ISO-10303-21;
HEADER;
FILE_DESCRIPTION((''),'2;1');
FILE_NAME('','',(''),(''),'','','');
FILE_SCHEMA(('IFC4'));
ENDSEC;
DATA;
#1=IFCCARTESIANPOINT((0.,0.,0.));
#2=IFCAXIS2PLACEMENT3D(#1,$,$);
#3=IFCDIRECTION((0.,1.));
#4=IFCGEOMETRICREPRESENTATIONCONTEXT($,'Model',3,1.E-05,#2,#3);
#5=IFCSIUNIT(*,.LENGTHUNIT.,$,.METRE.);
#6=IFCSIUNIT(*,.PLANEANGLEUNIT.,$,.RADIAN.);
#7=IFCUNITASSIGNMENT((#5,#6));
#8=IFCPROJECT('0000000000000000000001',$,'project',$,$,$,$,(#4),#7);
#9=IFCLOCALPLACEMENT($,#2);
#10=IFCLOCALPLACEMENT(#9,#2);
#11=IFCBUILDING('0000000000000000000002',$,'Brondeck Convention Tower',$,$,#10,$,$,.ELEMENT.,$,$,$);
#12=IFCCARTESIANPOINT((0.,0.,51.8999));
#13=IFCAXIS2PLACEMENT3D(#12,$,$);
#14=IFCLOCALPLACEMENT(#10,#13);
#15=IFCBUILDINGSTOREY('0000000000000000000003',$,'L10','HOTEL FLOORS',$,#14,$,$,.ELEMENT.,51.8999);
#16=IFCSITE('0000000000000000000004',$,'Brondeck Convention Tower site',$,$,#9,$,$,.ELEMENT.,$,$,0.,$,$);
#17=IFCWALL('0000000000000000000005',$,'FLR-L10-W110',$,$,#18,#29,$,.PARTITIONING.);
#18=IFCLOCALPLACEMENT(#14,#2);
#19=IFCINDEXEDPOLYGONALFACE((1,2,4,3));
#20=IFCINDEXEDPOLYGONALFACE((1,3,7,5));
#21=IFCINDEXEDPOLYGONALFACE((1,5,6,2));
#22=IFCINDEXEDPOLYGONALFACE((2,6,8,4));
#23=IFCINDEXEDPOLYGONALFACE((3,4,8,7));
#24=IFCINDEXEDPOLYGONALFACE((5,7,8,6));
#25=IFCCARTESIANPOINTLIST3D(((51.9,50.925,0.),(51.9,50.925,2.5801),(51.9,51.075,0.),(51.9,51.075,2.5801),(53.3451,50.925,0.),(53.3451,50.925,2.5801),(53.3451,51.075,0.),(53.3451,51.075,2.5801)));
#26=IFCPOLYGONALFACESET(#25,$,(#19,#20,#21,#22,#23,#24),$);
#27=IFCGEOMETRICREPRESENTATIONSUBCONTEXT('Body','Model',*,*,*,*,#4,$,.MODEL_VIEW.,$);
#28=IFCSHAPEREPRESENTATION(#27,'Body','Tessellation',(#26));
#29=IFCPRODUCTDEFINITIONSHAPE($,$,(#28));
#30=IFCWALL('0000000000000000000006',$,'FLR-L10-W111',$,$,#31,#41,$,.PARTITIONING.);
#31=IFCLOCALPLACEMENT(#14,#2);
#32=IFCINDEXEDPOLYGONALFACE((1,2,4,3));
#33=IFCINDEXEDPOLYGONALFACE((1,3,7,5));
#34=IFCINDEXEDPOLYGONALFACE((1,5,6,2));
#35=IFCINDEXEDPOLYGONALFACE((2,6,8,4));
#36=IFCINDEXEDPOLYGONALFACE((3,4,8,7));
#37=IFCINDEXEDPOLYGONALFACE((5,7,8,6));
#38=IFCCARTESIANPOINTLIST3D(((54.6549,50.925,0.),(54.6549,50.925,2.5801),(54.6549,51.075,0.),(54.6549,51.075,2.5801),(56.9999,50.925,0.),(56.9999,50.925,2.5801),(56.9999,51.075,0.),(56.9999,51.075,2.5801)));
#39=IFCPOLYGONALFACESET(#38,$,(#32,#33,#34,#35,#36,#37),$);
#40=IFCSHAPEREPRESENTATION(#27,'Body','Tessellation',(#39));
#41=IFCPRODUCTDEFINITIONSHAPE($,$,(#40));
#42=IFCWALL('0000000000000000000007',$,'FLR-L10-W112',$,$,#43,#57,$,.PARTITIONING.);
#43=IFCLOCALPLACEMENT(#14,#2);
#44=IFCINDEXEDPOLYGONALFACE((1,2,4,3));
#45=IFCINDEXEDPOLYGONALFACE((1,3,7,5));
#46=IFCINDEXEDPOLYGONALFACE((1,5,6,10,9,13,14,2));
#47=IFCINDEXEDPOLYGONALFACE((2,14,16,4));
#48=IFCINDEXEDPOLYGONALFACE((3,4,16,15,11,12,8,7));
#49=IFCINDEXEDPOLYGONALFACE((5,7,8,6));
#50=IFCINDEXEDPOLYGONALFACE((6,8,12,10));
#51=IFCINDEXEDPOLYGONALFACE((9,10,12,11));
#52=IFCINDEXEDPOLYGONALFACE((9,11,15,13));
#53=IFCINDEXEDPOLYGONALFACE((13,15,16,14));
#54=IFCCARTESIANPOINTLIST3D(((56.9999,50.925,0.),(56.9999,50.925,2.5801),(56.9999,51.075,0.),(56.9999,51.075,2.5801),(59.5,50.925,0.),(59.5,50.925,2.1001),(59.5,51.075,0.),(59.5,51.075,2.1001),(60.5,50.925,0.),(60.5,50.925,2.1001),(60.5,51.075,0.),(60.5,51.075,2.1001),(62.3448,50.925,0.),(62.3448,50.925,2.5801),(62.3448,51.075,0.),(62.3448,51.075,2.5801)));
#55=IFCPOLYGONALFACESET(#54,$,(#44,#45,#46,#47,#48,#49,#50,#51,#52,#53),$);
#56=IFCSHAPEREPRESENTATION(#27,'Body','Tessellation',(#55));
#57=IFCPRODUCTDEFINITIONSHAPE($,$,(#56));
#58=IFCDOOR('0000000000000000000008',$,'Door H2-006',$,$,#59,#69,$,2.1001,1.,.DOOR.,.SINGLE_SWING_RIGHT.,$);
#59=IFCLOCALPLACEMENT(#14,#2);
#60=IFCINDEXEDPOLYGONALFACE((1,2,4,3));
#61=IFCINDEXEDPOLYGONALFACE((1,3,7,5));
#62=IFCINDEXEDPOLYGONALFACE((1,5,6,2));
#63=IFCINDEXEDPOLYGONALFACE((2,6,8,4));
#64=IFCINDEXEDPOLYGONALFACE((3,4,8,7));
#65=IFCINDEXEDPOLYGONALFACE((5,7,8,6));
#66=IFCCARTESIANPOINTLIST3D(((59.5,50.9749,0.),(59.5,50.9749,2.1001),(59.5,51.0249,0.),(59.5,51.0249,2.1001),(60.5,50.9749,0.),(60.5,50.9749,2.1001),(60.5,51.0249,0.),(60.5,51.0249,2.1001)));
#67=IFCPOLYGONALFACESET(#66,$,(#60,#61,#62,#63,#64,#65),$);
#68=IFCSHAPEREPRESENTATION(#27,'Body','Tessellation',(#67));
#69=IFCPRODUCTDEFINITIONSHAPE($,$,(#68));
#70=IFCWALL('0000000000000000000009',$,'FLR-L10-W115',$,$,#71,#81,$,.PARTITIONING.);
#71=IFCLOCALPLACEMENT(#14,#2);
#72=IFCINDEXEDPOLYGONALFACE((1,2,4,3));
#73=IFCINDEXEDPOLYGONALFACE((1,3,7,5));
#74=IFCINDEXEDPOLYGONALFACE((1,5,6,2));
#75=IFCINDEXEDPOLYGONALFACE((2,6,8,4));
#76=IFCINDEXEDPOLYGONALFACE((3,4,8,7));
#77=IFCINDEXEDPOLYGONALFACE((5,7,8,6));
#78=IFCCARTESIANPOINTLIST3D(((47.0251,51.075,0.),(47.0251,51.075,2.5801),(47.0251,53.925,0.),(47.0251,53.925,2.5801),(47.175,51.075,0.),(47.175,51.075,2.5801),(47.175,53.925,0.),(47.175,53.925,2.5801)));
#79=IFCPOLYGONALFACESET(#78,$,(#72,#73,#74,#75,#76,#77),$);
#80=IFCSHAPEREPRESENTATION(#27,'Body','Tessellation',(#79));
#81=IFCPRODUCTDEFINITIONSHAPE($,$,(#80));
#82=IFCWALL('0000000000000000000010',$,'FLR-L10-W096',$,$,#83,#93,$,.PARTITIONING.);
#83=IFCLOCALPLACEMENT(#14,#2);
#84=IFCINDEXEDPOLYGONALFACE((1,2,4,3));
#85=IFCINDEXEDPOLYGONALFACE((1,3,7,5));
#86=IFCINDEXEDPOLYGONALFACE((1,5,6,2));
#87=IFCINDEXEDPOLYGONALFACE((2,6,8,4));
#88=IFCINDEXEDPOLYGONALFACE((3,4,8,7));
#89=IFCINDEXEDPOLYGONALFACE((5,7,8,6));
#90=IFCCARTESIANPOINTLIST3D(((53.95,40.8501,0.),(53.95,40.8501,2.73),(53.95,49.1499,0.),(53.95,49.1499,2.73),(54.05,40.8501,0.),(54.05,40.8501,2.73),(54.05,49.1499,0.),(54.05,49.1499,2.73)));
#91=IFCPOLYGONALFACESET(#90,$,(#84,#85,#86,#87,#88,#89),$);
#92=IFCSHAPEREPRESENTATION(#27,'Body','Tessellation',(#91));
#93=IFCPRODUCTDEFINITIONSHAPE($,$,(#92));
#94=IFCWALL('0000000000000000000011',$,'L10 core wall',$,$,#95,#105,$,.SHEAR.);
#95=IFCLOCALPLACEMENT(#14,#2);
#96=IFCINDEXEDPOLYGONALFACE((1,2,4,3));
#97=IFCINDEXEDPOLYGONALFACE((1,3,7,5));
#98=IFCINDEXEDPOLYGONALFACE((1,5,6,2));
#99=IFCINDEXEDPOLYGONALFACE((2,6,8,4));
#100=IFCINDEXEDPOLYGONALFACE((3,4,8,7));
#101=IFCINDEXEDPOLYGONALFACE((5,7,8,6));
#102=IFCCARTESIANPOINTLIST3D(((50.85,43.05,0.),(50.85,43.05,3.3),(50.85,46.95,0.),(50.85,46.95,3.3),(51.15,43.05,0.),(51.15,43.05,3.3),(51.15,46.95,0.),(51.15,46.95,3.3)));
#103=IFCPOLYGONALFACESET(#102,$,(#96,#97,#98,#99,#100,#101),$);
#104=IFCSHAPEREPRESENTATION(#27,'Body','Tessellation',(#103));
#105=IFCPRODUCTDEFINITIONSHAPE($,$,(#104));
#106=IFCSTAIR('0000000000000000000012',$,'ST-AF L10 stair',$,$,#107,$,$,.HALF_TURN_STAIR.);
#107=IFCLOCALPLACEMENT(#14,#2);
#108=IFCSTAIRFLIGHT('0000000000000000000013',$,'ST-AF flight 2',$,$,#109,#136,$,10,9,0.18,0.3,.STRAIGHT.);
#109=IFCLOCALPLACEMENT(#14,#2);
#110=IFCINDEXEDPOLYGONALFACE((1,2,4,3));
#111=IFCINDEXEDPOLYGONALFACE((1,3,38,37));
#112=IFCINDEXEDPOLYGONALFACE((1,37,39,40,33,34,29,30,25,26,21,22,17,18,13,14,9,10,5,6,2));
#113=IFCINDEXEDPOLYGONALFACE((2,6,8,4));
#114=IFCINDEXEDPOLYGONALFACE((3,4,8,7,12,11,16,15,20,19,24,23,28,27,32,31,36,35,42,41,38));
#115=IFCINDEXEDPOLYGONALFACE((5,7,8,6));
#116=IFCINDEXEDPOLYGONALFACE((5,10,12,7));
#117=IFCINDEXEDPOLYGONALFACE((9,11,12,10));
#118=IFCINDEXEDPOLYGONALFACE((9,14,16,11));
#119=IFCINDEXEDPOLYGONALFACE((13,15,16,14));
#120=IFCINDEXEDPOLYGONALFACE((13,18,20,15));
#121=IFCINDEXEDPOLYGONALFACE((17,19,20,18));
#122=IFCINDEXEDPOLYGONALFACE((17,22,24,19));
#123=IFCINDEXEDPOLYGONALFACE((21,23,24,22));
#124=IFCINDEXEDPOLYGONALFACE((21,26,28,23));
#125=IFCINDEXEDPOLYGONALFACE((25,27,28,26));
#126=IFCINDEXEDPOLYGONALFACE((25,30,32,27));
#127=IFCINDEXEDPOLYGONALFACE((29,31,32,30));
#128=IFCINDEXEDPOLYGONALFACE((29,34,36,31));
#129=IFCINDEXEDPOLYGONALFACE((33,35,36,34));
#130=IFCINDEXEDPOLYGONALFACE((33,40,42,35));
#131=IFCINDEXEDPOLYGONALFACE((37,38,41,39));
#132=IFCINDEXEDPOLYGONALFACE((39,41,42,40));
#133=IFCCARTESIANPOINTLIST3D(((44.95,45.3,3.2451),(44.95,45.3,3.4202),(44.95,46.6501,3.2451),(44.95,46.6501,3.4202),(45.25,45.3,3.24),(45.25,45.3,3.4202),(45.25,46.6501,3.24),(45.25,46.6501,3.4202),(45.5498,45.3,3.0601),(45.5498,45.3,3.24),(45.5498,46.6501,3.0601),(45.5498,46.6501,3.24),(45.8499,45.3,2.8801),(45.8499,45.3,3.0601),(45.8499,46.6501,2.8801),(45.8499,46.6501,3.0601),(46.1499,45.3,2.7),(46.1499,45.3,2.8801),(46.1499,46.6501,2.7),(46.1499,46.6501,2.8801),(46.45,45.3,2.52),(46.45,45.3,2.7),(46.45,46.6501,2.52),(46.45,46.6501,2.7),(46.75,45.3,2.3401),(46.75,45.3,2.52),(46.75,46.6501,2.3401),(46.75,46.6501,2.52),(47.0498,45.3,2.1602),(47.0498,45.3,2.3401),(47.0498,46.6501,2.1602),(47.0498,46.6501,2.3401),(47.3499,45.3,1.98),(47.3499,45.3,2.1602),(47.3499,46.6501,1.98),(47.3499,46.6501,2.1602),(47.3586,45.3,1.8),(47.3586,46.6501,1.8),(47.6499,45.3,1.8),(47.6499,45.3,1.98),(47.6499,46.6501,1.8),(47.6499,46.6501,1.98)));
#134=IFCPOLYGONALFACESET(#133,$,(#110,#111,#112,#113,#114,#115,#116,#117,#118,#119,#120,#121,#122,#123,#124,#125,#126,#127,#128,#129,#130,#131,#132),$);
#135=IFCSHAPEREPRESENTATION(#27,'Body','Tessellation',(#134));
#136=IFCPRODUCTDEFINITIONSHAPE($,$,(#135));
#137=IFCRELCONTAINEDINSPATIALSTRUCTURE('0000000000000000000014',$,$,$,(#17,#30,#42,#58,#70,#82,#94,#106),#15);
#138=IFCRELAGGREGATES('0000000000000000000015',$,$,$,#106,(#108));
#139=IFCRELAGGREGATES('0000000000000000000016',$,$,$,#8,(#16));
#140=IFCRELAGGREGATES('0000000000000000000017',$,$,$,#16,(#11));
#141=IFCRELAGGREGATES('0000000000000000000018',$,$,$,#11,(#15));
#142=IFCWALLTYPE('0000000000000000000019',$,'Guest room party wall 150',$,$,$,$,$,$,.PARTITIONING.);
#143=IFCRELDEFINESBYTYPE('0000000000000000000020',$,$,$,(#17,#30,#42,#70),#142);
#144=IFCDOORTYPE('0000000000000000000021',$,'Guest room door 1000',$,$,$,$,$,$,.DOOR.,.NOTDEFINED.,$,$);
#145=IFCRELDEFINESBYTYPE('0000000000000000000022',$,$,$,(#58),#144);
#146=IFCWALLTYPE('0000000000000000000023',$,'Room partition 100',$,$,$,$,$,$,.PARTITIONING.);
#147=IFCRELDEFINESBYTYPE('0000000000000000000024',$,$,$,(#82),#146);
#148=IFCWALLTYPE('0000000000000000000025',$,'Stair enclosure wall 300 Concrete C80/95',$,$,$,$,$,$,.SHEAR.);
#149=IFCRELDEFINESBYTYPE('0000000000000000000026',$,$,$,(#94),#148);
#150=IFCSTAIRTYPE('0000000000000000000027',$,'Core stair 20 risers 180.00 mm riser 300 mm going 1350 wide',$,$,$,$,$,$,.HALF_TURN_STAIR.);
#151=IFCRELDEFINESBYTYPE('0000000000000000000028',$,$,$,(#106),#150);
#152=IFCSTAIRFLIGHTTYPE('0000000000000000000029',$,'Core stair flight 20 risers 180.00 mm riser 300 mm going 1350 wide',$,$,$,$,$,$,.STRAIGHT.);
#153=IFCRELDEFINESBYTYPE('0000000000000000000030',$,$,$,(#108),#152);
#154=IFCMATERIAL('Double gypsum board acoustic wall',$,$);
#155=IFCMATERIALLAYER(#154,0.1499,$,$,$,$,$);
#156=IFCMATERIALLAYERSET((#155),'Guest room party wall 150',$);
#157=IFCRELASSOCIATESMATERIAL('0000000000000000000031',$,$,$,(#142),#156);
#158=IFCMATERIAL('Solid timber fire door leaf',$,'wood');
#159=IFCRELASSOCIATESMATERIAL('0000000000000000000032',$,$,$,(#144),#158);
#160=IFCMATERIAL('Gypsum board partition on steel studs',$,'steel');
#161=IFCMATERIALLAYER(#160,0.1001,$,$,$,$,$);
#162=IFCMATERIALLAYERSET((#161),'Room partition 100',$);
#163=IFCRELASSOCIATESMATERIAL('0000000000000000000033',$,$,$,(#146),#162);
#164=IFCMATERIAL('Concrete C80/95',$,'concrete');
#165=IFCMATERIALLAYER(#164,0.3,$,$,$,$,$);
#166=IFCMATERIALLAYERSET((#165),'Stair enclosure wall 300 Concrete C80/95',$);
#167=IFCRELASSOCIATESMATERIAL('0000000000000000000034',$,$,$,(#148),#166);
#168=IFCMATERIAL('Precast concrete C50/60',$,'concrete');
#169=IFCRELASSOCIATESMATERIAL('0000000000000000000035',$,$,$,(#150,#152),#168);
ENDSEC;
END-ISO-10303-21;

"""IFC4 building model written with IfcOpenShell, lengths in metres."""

from ifc_helpers import new_model, si_unit, direction, frame, frame_2d, origin, place, context, subcontext, project, spatial, polyline, rectangle, outline, extrude, material, layer, layer_set, type_object, element, fill, aggregate, save


model = new_model("IFC4")

# Units and contexts
model_context = context("Model", 3, precision=1e-05, world=origin(), true_north=direction((0.0, 1.0)))
body_context = subcontext(model_context, "Body", "Model", "MODEL_VIEW")
ifc_project = project(units=[si_unit("LENGTHUNIT", "METRE"), si_unit("PLANEANGLEUNIT", "RADIAN")], contexts=[model_context])

# Site, building, storey
site_placement = place(None, origin())
site = spatial("IfcSite", under=ifc_project, at=site_placement, Name="Brondeck Convention Tower site", CompositionType="ELEMENT", RefElevation=0.0)
building_placement = place(site_placement, origin())
building = spatial("IfcBuilding", under=site, at=building_placement, Name="Brondeck Convention Tower", CompositionType="ELEMENT")
storey_placement = place(building_placement, frame((0.0, 0.0, 51.8999)))
storey = spatial("IfcBuildingStorey", under=building, at=storey_placement, Name="L10", Description="HOTEL FLOORS", CompositionType="ELEMENT", Elevation=51.8999)

# Shared definitions
ifc_material_1 = material(Name="Concrete C80/95", Category="concrete")

# Shared definitions
ifc_material_2 = material(Name="Double gypsum board acoustic wall")
ifc_layer_1 = layer(ifc_material_2, 0.1499)
ifc_layer_set_1 = layer_set([ifc_layer_1], Name="Guest room party wall 150")
wall_type_1 = type_object("IfcWallType", Name="Guest room party wall 150", PredefinedType="PARTITIONING", material=ifc_layer_set_1)

# Shared definitions
ifc_material_3 = material(Name="Solid timber fire door leaf", Category="wood")
door_type = type_object("IfcDoorType", Name="Guest room door 1000", OperationType="NOTDEFINED", PredefinedType="DOOR", material=ifc_material_3)

# Walls
wall_1_placement = place(storey_placement, frame((51.8999, 51.0, 0.0), z_axis=(0.0, 0.0, 1.0), x_axis=(1.0, 0.0, 0.0)))
element("IfcWall", 1, at=wall_1_placement, inside=storey, type_object=wall_type_1, Name="FLR-L10-W110", PredefinedType="PARTITIONING", context=body_context, shape_type="SweptSolid", body=[
    extrude(rectangle(XDim=1.4451, YDim=0.1499, at=frame_2d((0.7227, 0.0))), origin(), (0.0, 0.0, 1.0), 2.5801),
])
wall_2_placement = place(storey_placement, frame((54.655, 51.0, 0.0), z_axis=(0.0, 0.0, 1.0), x_axis=(1.0, 0.0, 0.0)))
element("IfcWall", 2, at=wall_2_placement, inside=storey, type_object=wall_type_1, Name="FLR-L10-W111", PredefinedType="PARTITIONING", context=body_context, shape_type="SweptSolid", body=[
    extrude(rectangle(XDim=2.345, YDim=0.1499, at=frame_2d((1.1724, 0.0))), origin(), (0.0, 0.0, 1.0), 2.5801),
])

# Wall, opening, door
wall_3_placement = place(storey_placement, frame((57.0, 51.0, 0.0), z_axis=(0.0, 0.0, 1.0), x_axis=(1.0, 0.0, 0.0)))
wall_3 = element("IfcWall", 3, at=wall_3_placement, inside=storey, type_object=wall_type_1, Name="FLR-L10-W112", PredefinedType="PARTITIONING", context=body_context, shape_type="SweptSolid", body=[
    extrude(rectangle(XDim=5.345, YDim=0.1499, at=frame_2d((2.6724, 0.0))), origin(), (0.0, 0.0, 1.0), 2.5801),
])
opening_1_placement = place(wall_3_placement, frame((2.5, 0.0, 0.0)))
opening_1 = element("IfcOpeningElement", 4, at=opening_1_placement, cuts=wall_3, PredefinedType="OPENING", context=body_context, shape_type="SweptSolid", body=[
    extrude(rectangle(XDim=1.0, YDim=2.1001, at=frame_2d((0.5, 1.05))), frame((0.0, 0.085, 0.0), z_axis=(0.0, -1.0, 0.0), x_axis=(1.0, 0.0, 0.0)), (0.0, 0.0, 1.0), 0.1699),
])
door_1_placement = place(opening_1_placement, origin())
door_1 = element("IfcDoor", 5, at=door_1_placement, inside=storey, type_object=door_type, Name="Door H2-006", OperationType="SINGLE_SWING_RIGHT", OverallHeight=2.1001, OverallWidth=1.0, PredefinedType="DOOR", context=body_context, shape_type="SweptSolid", body=[
    extrude(rectangle(XDim=1.0, YDim=2.1001, at=frame_2d((0.5, 1.05))), frame((0.0, 0.0249, 0.0), z_axis=(0.0, -1.0, 0.0), x_axis=(1.0, 0.0, 0.0)), (0.0, 0.0, 1.0), 0.05),
])
fill(opening_1, door_1)

# Walls
wall_4_placement = place(storey_placement, frame((47.1001, 51.075, 0.0), z_axis=(0.0, 0.0, 1.0), x_axis=(0.0, 1.0, 0.0)))
element("IfcWall", 6, at=wall_4_placement, inside=storey, type_object=wall_type_1, Name="FLR-L10-W115", PredefinedType="PARTITIONING", context=body_context, shape_type="SweptSolid", body=[
    extrude(rectangle(XDim=2.8501, YDim=0.1499, at=frame_2d((1.425, 0.0))), origin(), (0.0, 0.0, 1.0), 2.5801),
])
ifc_material_4 = material(Name="Gypsum board partition on steel studs", Category="steel")
ifc_layer_2 = layer(ifc_material_4, 0.1001)
ifc_layer_set_2 = layer_set([ifc_layer_2], Name="Room partition 100")
wall_type_2 = type_object("IfcWallType", Name="Room partition 100", PredefinedType="PARTITIONING", material=ifc_layer_set_2)
wall_5_placement = place(storey_placement, frame((54.0, 49.1499, 0.0), z_axis=(0.0, 0.0, 1.0), x_axis=(0.0, -1.0, 0.0)))
element("IfcWall", 7, at=wall_5_placement, inside=storey, type_object=wall_type_2, Name="FLR-L10-W096", PredefinedType="PARTITIONING", context=body_context, shape_type="SweptSolid", body=[
    extrude(rectangle(XDim=8.2998, YDim=0.1001, at=frame_2d((4.1499, 0.0))), origin(), (0.0, 0.0, 1.0), 2.73),
])
ifc_layer_3 = layer(ifc_material_1, 0.3)
ifc_layer_set_3 = layer_set([ifc_layer_3], Name="Stair enclosure wall 300 Concrete C80/95")
wall_type_3 = type_object("IfcWallType", Name="Stair enclosure wall 300 Concrete C80/95", PredefinedType="SHEAR", material=ifc_layer_set_3)
wall_6_placement = place(storey_placement, frame((51.0, 43.05, 0.0), z_axis=(0.0, 0.0, 1.0), x_axis=(0.0, 1.0, 0.0)))
element("IfcWall", 8, at=wall_6_placement, inside=storey, type_object=wall_type_3, Name="L10 core wall", PredefinedType="SHEAR", context=body_context, shape_type="SweptSolid", body=[
    extrude(rectangle(XDim=3.8999, YDim=0.3, at=frame_2d((1.95, 0.0))), origin(), (0.0, 0.0, 1.0), 3.3),
])

# Stair, stair flight
ifc_material_5 = material(Name="Precast concrete C50/60", Category="concrete")
stair_type = type_object("IfcStairType", Name="Core stair 20 risers 180.00 mm riser 300 mm going 1350 wide", PredefinedType="HALF_TURN_STAIR", material=ifc_material_5)
stair_placement = place(storey_placement, origin())
stair = element("IfcStair", 9, at=stair_placement, inside=storey, type_object=stair_type, Name="ST-AF L10 stair", PredefinedType="HALF_TURN_STAIR")
stair_flight_type = type_object("IfcStairFlightType", Name="Core stair flight 20 risers 180.00 mm riser 300 mm going 1350 wide", PredefinedType="STRAIGHT", material=ifc_material_5)
stair_flight_placement = place(storey_placement, frame((47.6499, 45.9751, 1.8), z_axis=(0.0, 0.0, 1.0), x_axis=(-1.0, 0.0, 0.0)))
stair_flight = element("IfcStairFlight", 10, at=stair_flight_placement, type_object=stair_flight_type, Name="ST-AF flight 2", NumberOfRisers=10, NumberOfTreads=9, PredefinedType="STRAIGHT", RiserHeight=0.18, TreadLength=0.3, context=body_context, shape_type="SweptSolid", body=[
    extrude(outline(polyline([(0.0, 0.0), (0.0, 0.1799), (0.3, 0.1799), (0.3, 0.3601), (0.6001, 0.3601), (0.6001, 0.54), (0.8999, 0.54), (0.8999, 0.72), (1.2, 0.72), (1.2, 0.8999), (1.5, 0.8999), (1.5, 1.0801), (1.8, 1.0801), (1.8, 1.26), (2.1001, 1.26), (2.1001, 1.4399), (2.3999, 1.4399), (2.3999, 1.6201), (2.7, 1.6201), (2.7, 1.8), (2.7, 1.4451), (0.2913, 0.0), (0.0, 0.0)])), frame((0.0, 0.675, 0.0), z_axis=(0.0, -1.0, 0.0), x_axis=(1.0, 0.0, 0.0)), (0.0, 0.0, 1.0), 1.3501),
])
aggregate(stair, [stair_flight])

save(model, "model.ifc")
